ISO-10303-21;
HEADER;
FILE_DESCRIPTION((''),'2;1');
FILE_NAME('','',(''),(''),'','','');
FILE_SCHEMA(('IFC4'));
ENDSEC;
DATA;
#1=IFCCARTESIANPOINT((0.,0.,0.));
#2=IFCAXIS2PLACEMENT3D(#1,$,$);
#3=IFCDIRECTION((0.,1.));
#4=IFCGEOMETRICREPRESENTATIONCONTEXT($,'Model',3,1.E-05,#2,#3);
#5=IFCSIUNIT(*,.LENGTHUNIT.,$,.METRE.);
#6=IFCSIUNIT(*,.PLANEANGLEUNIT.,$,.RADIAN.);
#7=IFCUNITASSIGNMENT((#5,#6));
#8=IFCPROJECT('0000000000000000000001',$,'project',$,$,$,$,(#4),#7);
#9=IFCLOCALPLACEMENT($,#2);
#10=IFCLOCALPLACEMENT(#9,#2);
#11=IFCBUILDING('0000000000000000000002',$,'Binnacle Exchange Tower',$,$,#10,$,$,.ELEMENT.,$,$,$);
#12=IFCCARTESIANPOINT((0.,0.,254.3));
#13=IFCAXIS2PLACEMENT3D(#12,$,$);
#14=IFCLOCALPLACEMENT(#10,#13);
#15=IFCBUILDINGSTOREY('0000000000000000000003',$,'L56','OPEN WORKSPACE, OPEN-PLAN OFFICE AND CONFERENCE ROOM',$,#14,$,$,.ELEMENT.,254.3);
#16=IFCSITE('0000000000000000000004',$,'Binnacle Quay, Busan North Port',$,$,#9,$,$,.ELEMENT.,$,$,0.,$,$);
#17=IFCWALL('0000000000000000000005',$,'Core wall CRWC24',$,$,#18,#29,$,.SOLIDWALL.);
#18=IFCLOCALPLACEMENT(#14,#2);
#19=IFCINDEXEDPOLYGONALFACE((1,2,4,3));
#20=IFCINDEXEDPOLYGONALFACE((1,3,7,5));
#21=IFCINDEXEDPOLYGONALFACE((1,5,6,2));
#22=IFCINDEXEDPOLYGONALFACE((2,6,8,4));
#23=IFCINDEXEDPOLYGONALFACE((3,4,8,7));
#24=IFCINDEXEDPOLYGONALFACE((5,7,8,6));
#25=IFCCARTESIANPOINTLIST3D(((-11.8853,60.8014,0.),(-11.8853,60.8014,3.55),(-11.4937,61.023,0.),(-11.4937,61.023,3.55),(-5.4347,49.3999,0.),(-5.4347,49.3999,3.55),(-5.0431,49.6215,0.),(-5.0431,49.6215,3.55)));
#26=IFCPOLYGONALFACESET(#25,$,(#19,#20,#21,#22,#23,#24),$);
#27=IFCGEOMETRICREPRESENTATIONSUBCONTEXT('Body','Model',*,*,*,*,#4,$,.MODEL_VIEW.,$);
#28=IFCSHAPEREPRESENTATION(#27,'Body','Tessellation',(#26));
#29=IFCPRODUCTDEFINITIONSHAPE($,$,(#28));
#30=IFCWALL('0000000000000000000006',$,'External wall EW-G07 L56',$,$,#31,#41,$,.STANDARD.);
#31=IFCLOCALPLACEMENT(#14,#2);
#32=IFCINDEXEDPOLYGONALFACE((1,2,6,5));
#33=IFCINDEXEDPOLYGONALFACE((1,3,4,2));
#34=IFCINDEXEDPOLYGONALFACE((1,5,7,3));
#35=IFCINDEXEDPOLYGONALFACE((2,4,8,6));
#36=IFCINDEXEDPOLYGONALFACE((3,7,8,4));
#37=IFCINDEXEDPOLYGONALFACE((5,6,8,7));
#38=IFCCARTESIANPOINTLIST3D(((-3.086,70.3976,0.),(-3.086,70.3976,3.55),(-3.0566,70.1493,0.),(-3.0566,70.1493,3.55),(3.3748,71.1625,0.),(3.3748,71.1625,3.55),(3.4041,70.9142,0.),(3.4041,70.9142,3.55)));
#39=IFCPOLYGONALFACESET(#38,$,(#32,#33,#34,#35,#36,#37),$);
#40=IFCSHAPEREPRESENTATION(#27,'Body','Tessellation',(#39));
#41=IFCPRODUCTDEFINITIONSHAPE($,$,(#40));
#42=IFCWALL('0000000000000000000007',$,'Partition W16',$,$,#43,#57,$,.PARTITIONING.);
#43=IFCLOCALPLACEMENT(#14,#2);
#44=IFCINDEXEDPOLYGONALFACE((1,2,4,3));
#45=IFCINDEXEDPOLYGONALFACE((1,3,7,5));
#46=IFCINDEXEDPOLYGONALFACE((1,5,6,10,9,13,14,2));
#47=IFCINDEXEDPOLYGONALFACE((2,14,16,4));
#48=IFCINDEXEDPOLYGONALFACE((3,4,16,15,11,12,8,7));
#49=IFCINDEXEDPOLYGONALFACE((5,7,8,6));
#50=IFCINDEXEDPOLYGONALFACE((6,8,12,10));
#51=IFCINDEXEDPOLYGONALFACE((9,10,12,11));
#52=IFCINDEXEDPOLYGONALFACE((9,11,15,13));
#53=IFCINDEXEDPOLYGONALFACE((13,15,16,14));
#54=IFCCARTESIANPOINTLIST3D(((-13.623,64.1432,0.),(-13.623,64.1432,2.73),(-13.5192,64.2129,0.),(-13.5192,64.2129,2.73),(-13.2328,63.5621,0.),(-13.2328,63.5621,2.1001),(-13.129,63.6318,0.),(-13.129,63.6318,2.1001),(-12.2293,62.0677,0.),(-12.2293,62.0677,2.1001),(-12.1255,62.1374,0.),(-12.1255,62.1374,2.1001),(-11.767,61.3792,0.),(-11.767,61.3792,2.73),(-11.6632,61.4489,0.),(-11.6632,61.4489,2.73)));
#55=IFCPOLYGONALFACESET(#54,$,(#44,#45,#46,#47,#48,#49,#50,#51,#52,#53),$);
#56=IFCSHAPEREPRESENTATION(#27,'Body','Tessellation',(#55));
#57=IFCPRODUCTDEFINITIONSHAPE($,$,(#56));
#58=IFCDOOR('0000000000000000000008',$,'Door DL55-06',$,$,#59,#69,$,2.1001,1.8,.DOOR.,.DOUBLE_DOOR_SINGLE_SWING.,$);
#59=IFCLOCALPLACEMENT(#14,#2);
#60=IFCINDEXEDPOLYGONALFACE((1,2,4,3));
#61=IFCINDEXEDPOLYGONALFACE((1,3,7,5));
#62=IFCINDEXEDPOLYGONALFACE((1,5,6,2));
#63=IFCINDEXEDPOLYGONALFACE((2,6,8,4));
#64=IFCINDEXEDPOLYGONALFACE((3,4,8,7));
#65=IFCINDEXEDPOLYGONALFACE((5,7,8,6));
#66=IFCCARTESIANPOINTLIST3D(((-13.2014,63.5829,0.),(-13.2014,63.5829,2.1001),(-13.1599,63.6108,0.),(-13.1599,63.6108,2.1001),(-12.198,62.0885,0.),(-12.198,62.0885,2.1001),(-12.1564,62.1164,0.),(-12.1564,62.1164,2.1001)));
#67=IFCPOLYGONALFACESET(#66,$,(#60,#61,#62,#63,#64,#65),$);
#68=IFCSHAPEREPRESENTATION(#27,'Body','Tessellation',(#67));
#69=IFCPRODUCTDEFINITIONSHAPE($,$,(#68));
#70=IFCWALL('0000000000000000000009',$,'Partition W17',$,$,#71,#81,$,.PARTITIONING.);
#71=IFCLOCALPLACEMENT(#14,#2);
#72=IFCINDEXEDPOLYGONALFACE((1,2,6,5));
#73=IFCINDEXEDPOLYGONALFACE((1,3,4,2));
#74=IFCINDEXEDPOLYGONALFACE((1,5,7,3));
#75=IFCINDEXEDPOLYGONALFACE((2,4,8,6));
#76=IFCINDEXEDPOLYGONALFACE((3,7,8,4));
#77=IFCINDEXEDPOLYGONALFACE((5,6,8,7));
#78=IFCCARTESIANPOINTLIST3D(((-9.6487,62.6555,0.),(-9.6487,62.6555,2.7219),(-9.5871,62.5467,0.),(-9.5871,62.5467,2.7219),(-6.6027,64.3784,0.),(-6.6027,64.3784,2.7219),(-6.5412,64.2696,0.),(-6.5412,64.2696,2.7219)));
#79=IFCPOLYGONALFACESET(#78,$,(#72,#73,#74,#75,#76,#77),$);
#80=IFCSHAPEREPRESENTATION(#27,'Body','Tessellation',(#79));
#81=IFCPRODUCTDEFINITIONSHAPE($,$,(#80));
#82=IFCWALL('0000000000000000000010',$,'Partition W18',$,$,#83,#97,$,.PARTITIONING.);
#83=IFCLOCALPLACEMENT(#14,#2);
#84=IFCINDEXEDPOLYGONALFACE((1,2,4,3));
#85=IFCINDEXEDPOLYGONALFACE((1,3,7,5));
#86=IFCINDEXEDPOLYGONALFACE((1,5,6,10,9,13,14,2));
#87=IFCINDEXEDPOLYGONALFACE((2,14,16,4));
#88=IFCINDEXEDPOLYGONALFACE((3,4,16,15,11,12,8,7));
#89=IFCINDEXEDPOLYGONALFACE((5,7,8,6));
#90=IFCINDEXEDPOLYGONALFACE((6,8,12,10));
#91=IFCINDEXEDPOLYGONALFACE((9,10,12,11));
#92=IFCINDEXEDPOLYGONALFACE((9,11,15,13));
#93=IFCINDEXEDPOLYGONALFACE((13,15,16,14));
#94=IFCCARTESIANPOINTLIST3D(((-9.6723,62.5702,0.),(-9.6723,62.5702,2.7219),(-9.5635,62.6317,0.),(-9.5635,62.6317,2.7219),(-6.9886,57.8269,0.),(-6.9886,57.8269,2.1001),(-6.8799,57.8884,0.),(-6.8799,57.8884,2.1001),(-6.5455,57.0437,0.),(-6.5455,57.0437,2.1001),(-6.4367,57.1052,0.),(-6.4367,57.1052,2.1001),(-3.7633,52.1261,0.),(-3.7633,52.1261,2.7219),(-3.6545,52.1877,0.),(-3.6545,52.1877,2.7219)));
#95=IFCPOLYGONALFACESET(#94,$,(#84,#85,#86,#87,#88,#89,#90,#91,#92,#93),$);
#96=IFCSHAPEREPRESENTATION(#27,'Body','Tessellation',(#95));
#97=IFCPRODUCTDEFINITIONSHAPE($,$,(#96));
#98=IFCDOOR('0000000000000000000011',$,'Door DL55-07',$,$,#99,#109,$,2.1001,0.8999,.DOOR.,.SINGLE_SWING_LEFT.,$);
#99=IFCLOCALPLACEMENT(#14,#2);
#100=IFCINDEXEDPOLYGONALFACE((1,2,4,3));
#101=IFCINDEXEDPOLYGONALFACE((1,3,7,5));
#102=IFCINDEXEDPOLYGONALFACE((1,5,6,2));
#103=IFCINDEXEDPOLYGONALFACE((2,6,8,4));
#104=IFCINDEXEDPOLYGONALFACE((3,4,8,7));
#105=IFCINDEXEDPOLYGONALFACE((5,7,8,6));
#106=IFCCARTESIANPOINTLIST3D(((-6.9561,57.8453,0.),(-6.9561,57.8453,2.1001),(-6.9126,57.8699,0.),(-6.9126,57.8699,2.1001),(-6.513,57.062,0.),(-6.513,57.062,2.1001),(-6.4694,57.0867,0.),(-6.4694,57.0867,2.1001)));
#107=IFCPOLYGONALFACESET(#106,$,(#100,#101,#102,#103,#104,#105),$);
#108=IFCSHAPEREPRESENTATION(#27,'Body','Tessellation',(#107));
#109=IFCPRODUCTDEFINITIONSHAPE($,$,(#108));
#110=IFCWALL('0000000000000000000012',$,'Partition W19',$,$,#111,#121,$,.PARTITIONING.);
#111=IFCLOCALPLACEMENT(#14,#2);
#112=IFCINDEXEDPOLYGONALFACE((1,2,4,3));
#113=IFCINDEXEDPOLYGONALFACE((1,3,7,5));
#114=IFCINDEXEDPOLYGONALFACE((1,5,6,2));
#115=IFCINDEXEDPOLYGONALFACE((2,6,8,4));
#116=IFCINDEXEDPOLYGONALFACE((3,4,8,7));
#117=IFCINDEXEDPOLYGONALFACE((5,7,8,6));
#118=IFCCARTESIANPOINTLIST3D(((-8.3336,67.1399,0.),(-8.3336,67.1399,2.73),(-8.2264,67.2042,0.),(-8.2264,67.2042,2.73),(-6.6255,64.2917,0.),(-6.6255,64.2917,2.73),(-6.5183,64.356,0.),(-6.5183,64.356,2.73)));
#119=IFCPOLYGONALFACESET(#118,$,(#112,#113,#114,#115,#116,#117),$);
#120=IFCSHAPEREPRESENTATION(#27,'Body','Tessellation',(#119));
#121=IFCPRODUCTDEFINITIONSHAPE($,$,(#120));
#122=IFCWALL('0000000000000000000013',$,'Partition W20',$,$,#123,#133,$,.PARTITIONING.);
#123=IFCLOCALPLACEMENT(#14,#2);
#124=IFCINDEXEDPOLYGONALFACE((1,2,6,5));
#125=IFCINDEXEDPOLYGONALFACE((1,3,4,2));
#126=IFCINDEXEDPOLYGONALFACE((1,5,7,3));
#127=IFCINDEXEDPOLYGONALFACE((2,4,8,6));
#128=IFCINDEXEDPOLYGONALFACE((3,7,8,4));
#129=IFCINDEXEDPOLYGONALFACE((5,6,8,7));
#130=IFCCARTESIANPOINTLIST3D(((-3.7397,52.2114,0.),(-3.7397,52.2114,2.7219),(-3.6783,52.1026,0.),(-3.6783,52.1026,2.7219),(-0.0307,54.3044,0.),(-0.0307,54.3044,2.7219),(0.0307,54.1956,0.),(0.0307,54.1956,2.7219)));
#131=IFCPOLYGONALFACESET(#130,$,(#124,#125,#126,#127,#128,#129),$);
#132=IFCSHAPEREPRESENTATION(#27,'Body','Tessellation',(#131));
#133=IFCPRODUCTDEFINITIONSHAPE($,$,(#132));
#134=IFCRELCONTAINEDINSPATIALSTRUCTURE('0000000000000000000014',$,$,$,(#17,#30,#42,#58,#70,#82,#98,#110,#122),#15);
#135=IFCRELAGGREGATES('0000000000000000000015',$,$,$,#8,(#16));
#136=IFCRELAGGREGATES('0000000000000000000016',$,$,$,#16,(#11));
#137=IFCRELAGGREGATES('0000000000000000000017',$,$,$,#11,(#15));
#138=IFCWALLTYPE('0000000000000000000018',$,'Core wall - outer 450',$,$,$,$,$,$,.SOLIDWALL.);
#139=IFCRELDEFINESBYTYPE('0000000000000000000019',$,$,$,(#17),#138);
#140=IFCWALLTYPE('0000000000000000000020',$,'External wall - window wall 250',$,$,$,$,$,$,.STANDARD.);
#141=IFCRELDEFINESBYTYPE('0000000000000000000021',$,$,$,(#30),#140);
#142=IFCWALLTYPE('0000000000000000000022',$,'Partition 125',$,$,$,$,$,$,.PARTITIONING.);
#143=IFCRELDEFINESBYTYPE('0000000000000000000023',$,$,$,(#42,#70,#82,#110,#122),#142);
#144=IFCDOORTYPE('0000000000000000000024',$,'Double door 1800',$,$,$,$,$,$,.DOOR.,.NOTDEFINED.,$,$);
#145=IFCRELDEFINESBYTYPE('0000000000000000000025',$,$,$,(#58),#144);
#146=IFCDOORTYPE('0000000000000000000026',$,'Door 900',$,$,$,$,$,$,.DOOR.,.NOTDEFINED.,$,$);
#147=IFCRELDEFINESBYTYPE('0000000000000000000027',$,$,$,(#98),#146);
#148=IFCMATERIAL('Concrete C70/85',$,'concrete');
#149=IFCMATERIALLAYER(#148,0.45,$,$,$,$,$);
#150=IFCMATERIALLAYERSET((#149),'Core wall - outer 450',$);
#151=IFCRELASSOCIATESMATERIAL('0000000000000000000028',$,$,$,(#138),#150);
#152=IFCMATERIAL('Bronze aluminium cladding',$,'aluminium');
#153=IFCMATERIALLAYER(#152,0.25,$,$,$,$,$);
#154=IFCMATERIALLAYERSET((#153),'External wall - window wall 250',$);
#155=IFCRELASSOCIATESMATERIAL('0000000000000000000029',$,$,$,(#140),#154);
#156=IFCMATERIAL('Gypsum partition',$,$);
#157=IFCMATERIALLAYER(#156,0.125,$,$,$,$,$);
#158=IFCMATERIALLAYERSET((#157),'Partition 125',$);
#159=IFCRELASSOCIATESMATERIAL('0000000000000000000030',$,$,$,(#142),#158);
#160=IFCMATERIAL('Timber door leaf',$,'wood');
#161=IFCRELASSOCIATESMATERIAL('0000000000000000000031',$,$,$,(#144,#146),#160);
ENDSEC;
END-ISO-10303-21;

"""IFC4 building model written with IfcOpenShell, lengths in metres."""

from ifc_helpers import new_model, si_unit, direction, frame, frame_2d, origin, place, context, subcontext, project, spatial, rectangle, extrude, material, layer, layer_set, type_object, element, fill, save


model = new_model("IFC4")

# Units and contexts
model_context = context("Model", 3, precision=1e-05, world=origin(), true_north=direction((0.0, 1.0)))
body_context = subcontext(model_context, "Body", "Model", "MODEL_VIEW")
ifc_project = project(units=[si_unit("LENGTHUNIT", "METRE"), si_unit("PLANEANGLEUNIT", "RADIAN")], contexts=[model_context])

# Site, building, storey
site_placement = place(None, origin())
site = spatial("IfcSite", under=ifc_project, at=site_placement, Name="Binnacle Quay, Busan North Port", CompositionType="ELEMENT", RefElevation=0.0)
building_placement = place(site_placement, origin())
building = spatial("IfcBuilding", under=site, at=building_placement, Name="Binnacle Exchange Tower", CompositionType="ELEMENT")
storey_placement = place(building_placement, frame((0.0, 0.0, 254.3)))
storey = spatial("IfcBuildingStorey", under=building, at=storey_placement, Name="L56", Description="OPEN WORKSPACE, OPEN-PLAN OFFICE AND CONFERENCE ROOM", CompositionType="ELEMENT", Elevation=254.3)

# Shared definitions
ifc_material_1 = material(Name="Concrete C70/85", Category="concrete")

# Walls
ifc_layer_1 = layer(ifc_material_1, 0.45)
ifc_layer_set_1 = layer_set([ifc_layer_1], Name="Core wall - outer 450")
wall_type_1 = type_object("IfcWallType", Name="Core wall - outer 450", PredefinedType="SOLIDWALL", material=ifc_layer_set_1)
wall_1_placement = place(storey_placement, frame((-11.6895, 60.9121, 0.0), z_axis=(0.0, 0.0, 1.0), x_axis=(0.492421, -0.870357, 0.0)))
element("IfcWall", 1, at=wall_1_placement, inside=storey, type_object=wall_type_1, Name="Core wall CRWC24", PredefinedType="SOLIDWALL", context=body_context, shape_type="SweptSolid", body=[
    extrude(rectangle(XDim=13.0999, YDim=0.45, at=frame_2d((6.5498, 0.0))), origin(), (0.0, 0.0, 1.0), 3.55),
])
ifc_material_2 = material(Name="Bronze aluminium cladding", Category="aluminium")
ifc_layer_2 = layer(ifc_material_2, 0.25)
ifc_layer_set_2 = layer_set([ifc_layer_2], Name="External wall - window wall 250")
wall_type_2 = type_object("IfcWallType", Name="External wall - window wall 250", PredefinedType="STANDARD", material=ifc_layer_set_2)
wall_2_placement = place(storey_placement, frame((-3.0713, 70.2734, 0.0), z_axis=(0.0, 0.0, 1.0), x_axis=(0.993065, 0.117571, 0.0)))
element("IfcWall", 2, at=wall_2_placement, inside=storey, type_object=wall_type_2, Name="External wall EW-G07 L56", PredefinedType="STANDARD", context=body_context, shape_type="SweptSolid", body=[
    extrude(rectangle(XDim=6.5059, YDim=0.25, at=frame_2d((3.2529, 0.0))), origin(), (0.0, 0.0, 1.0), 3.55),
])

# Wall, opening, door
ifc_material_3 = material(Name="Gypsum partition")
ifc_layer_3 = layer(ifc_material_3, 0.125)
ifc_layer_set_3 = layer_set([ifc_layer_3], Name="Partition 125")
wall_type_3 = type_object("IfcWallType", Name="Partition 125", PredefinedType="PARTITIONING", material=ifc_layer_set_3)
wall_3_placement = place(storey_placement, frame((-13.571, 64.178, 0.0), z_axis=(0.0, 0.0, 1.0), x_axis=(0.557472, -0.830195, 0.0)))
wall_3 = element("IfcWall", 3, at=wall_3_placement, inside=storey, type_object=wall_type_3, Name="Partition W16", PredefinedType="PARTITIONING", context=body_context, shape_type="SweptSolid", body=[
    extrude(rectangle(XDim=3.3293, YDim=0.125, at=frame_2d((1.6646, 0.0))), origin(), (0.0, 0.0, 1.0), 2.73),
])
opening_1_placement = place(wall_3_placement, frame((0.7, 0.0, 0.0)))
opening_1 = element("IfcOpeningElement", 4, at=opening_1_placement, cuts=wall_3, PredefinedType="OPENING", context=body_context, shape_type="SweptSolid", body=[
    extrude(rectangle(XDim=1.8, YDim=2.1001, at=frame_2d((0.8999, 1.05))), frame((0.0, 0.0725, 0.0), z_axis=(0.0, -1.0, 0.0), x_axis=(1.0, 0.0, 0.0)), (0.0, 0.0, 1.0), 0.145),
])
ifc_material_4 = material(Name="Timber door leaf", Category="wood")
door_type_1 = type_object("IfcDoorType", Name="Double door 1800", OperationType="NOTDEFINED", PredefinedType="DOOR", material=ifc_material_4)
door_1_placement = place(opening_1_placement, frame((1.8, 0.0, 0.0), z_axis=(0.0, 0.0, 1.0), x_axis=(-1.0, 0.0, 0.0)))
door_1 = element("IfcDoor", 5, at=door_1_placement, inside=storey, type_object=door_type_1, Name="Door DL55-06", OperationType="DOUBLE_DOOR_SINGLE_SWING", OverallHeight=2.1001, OverallWidth=1.8, PredefinedType="DOOR", context=body_context, shape_type="SweptSolid", body=[
    extrude(rectangle(XDim=1.8, YDim=2.1001, at=frame_2d((0.8999, 1.05))), frame((0.0, 0.0249, 0.0), z_axis=(0.0, -1.0, 0.0), x_axis=(1.0, 0.0, 0.0)), (0.0, 0.0, 1.0), 0.05),
])
fill(opening_1, door_1)

# Wall
wall_4_placement = place(storey_placement, frame((-9.6179, 62.6011, 0.0), z_axis=(0.0, 0.0, 1.0), x_axis=(0.870403, 0.49234, 0.0)))
element("IfcWall", 6, at=wall_4_placement, inside=storey, type_object=wall_type_3, Name="Partition W17", PredefinedType="PARTITIONING", context=body_context, shape_type="SweptSolid", body=[
    extrude(rectangle(XDim=3.4995, YDim=0.125, at=frame_2d((1.7498, 0.0))), origin(), (0.0, 0.0, 1.0), 2.7219),
])

# Wall, opening, door
wall_5_placement = place(storey_placement, frame((-9.6179, 62.6011, 0.0), z_axis=(0.0, 0.0, 1.0), x_axis=(0.492421, -0.870357, 0.0)))
wall_5 = element("IfcWall", 7, at=wall_5_placement, inside=storey, type_object=wall_type_3, Name="Partition W18", PredefinedType="PARTITIONING", context=body_context, shape_type="SweptSolid", body=[
    extrude(rectangle(XDim=11.9998, YDim=0.125, at=frame_2d((6.0, 0.0))), origin(), (0.0, 0.0, 1.0), 2.7219),
])
opening_2_placement = place(wall_5_placement, frame((5.45, 0.0, 0.0)))
opening_2 = element("IfcOpeningElement", 8, at=opening_2_placement, cuts=wall_5, PredefinedType="OPENING", context=body_context, shape_type="SweptSolid", body=[
    extrude(rectangle(XDim=0.8999, YDim=2.1001, at=frame_2d((0.45, 1.05))), frame((0.0, 0.0725, 0.0), z_axis=(0.0, -1.0, 0.0), x_axis=(1.0, 0.0, 0.0)), (0.0, 0.0, 1.0), 0.145),
])
door_type_2 = type_object("IfcDoorType", Name="Door 900", OperationType="NOTDEFINED", PredefinedType="DOOR", material=ifc_material_4)
door_2_placement = place(opening_2_placement, origin())
door_2 = element("IfcDoor", 9, at=door_2_placement, inside=storey, type_object=door_type_2, Name="Door DL55-07", OperationType="SINGLE_SWING_LEFT", OverallHeight=2.1001, OverallWidth=0.8999, PredefinedType="DOOR", context=body_context, shape_type="SweptSolid", body=[
    extrude(rectangle(XDim=0.8999, YDim=2.1001, at=frame_2d((0.45, 1.05))), frame((0.0, 0.0249, 0.0), z_axis=(0.0, -1.0, 0.0), x_axis=(1.0, 0.0, 0.0)), (0.0, 0.0, 1.0), 0.05),
])
fill(opening_2, door_2)

# Walls
wall_6_placement = place(storey_placement, frame((-8.28, 67.1721, 0.0), z_axis=(0.0, 0.0, 1.0), x_axis=(0.514301, -0.85761, 0.0)))
element("IfcWall", 10, at=wall_6_placement, inside=storey, type_object=wall_type_3, Name="Partition W19", PredefinedType="PARTITIONING", context=body_context, shape_type="SweptSolid", body=[
    extrude(rectangle(XDim=3.321, YDim=0.125, at=frame_2d((1.6606, 0.0))), origin(), (0.0, 0.0, 1.0), 2.73),
])
wall_7_placement = place(storey_placement, frame((-3.709, 52.157, 0.0), z_axis=(0.0, 0.0, 1.0), x_axis=(0.870901, 0.491458, 0.0)))
element("IfcWall", 11, at=wall_7_placement, inside=storey, type_object=wall_type_3, Name="Partition W20", PredefinedType="PARTITIONING", context=body_context, shape_type="SweptSolid", body=[
    extrude(rectangle(XDim=4.2588, YDim=0.125, at=frame_2d((2.1294, 0.0))), origin(), (0.0, 0.0, 1.0), 2.7219),
])

save(model, "model.ifc")
